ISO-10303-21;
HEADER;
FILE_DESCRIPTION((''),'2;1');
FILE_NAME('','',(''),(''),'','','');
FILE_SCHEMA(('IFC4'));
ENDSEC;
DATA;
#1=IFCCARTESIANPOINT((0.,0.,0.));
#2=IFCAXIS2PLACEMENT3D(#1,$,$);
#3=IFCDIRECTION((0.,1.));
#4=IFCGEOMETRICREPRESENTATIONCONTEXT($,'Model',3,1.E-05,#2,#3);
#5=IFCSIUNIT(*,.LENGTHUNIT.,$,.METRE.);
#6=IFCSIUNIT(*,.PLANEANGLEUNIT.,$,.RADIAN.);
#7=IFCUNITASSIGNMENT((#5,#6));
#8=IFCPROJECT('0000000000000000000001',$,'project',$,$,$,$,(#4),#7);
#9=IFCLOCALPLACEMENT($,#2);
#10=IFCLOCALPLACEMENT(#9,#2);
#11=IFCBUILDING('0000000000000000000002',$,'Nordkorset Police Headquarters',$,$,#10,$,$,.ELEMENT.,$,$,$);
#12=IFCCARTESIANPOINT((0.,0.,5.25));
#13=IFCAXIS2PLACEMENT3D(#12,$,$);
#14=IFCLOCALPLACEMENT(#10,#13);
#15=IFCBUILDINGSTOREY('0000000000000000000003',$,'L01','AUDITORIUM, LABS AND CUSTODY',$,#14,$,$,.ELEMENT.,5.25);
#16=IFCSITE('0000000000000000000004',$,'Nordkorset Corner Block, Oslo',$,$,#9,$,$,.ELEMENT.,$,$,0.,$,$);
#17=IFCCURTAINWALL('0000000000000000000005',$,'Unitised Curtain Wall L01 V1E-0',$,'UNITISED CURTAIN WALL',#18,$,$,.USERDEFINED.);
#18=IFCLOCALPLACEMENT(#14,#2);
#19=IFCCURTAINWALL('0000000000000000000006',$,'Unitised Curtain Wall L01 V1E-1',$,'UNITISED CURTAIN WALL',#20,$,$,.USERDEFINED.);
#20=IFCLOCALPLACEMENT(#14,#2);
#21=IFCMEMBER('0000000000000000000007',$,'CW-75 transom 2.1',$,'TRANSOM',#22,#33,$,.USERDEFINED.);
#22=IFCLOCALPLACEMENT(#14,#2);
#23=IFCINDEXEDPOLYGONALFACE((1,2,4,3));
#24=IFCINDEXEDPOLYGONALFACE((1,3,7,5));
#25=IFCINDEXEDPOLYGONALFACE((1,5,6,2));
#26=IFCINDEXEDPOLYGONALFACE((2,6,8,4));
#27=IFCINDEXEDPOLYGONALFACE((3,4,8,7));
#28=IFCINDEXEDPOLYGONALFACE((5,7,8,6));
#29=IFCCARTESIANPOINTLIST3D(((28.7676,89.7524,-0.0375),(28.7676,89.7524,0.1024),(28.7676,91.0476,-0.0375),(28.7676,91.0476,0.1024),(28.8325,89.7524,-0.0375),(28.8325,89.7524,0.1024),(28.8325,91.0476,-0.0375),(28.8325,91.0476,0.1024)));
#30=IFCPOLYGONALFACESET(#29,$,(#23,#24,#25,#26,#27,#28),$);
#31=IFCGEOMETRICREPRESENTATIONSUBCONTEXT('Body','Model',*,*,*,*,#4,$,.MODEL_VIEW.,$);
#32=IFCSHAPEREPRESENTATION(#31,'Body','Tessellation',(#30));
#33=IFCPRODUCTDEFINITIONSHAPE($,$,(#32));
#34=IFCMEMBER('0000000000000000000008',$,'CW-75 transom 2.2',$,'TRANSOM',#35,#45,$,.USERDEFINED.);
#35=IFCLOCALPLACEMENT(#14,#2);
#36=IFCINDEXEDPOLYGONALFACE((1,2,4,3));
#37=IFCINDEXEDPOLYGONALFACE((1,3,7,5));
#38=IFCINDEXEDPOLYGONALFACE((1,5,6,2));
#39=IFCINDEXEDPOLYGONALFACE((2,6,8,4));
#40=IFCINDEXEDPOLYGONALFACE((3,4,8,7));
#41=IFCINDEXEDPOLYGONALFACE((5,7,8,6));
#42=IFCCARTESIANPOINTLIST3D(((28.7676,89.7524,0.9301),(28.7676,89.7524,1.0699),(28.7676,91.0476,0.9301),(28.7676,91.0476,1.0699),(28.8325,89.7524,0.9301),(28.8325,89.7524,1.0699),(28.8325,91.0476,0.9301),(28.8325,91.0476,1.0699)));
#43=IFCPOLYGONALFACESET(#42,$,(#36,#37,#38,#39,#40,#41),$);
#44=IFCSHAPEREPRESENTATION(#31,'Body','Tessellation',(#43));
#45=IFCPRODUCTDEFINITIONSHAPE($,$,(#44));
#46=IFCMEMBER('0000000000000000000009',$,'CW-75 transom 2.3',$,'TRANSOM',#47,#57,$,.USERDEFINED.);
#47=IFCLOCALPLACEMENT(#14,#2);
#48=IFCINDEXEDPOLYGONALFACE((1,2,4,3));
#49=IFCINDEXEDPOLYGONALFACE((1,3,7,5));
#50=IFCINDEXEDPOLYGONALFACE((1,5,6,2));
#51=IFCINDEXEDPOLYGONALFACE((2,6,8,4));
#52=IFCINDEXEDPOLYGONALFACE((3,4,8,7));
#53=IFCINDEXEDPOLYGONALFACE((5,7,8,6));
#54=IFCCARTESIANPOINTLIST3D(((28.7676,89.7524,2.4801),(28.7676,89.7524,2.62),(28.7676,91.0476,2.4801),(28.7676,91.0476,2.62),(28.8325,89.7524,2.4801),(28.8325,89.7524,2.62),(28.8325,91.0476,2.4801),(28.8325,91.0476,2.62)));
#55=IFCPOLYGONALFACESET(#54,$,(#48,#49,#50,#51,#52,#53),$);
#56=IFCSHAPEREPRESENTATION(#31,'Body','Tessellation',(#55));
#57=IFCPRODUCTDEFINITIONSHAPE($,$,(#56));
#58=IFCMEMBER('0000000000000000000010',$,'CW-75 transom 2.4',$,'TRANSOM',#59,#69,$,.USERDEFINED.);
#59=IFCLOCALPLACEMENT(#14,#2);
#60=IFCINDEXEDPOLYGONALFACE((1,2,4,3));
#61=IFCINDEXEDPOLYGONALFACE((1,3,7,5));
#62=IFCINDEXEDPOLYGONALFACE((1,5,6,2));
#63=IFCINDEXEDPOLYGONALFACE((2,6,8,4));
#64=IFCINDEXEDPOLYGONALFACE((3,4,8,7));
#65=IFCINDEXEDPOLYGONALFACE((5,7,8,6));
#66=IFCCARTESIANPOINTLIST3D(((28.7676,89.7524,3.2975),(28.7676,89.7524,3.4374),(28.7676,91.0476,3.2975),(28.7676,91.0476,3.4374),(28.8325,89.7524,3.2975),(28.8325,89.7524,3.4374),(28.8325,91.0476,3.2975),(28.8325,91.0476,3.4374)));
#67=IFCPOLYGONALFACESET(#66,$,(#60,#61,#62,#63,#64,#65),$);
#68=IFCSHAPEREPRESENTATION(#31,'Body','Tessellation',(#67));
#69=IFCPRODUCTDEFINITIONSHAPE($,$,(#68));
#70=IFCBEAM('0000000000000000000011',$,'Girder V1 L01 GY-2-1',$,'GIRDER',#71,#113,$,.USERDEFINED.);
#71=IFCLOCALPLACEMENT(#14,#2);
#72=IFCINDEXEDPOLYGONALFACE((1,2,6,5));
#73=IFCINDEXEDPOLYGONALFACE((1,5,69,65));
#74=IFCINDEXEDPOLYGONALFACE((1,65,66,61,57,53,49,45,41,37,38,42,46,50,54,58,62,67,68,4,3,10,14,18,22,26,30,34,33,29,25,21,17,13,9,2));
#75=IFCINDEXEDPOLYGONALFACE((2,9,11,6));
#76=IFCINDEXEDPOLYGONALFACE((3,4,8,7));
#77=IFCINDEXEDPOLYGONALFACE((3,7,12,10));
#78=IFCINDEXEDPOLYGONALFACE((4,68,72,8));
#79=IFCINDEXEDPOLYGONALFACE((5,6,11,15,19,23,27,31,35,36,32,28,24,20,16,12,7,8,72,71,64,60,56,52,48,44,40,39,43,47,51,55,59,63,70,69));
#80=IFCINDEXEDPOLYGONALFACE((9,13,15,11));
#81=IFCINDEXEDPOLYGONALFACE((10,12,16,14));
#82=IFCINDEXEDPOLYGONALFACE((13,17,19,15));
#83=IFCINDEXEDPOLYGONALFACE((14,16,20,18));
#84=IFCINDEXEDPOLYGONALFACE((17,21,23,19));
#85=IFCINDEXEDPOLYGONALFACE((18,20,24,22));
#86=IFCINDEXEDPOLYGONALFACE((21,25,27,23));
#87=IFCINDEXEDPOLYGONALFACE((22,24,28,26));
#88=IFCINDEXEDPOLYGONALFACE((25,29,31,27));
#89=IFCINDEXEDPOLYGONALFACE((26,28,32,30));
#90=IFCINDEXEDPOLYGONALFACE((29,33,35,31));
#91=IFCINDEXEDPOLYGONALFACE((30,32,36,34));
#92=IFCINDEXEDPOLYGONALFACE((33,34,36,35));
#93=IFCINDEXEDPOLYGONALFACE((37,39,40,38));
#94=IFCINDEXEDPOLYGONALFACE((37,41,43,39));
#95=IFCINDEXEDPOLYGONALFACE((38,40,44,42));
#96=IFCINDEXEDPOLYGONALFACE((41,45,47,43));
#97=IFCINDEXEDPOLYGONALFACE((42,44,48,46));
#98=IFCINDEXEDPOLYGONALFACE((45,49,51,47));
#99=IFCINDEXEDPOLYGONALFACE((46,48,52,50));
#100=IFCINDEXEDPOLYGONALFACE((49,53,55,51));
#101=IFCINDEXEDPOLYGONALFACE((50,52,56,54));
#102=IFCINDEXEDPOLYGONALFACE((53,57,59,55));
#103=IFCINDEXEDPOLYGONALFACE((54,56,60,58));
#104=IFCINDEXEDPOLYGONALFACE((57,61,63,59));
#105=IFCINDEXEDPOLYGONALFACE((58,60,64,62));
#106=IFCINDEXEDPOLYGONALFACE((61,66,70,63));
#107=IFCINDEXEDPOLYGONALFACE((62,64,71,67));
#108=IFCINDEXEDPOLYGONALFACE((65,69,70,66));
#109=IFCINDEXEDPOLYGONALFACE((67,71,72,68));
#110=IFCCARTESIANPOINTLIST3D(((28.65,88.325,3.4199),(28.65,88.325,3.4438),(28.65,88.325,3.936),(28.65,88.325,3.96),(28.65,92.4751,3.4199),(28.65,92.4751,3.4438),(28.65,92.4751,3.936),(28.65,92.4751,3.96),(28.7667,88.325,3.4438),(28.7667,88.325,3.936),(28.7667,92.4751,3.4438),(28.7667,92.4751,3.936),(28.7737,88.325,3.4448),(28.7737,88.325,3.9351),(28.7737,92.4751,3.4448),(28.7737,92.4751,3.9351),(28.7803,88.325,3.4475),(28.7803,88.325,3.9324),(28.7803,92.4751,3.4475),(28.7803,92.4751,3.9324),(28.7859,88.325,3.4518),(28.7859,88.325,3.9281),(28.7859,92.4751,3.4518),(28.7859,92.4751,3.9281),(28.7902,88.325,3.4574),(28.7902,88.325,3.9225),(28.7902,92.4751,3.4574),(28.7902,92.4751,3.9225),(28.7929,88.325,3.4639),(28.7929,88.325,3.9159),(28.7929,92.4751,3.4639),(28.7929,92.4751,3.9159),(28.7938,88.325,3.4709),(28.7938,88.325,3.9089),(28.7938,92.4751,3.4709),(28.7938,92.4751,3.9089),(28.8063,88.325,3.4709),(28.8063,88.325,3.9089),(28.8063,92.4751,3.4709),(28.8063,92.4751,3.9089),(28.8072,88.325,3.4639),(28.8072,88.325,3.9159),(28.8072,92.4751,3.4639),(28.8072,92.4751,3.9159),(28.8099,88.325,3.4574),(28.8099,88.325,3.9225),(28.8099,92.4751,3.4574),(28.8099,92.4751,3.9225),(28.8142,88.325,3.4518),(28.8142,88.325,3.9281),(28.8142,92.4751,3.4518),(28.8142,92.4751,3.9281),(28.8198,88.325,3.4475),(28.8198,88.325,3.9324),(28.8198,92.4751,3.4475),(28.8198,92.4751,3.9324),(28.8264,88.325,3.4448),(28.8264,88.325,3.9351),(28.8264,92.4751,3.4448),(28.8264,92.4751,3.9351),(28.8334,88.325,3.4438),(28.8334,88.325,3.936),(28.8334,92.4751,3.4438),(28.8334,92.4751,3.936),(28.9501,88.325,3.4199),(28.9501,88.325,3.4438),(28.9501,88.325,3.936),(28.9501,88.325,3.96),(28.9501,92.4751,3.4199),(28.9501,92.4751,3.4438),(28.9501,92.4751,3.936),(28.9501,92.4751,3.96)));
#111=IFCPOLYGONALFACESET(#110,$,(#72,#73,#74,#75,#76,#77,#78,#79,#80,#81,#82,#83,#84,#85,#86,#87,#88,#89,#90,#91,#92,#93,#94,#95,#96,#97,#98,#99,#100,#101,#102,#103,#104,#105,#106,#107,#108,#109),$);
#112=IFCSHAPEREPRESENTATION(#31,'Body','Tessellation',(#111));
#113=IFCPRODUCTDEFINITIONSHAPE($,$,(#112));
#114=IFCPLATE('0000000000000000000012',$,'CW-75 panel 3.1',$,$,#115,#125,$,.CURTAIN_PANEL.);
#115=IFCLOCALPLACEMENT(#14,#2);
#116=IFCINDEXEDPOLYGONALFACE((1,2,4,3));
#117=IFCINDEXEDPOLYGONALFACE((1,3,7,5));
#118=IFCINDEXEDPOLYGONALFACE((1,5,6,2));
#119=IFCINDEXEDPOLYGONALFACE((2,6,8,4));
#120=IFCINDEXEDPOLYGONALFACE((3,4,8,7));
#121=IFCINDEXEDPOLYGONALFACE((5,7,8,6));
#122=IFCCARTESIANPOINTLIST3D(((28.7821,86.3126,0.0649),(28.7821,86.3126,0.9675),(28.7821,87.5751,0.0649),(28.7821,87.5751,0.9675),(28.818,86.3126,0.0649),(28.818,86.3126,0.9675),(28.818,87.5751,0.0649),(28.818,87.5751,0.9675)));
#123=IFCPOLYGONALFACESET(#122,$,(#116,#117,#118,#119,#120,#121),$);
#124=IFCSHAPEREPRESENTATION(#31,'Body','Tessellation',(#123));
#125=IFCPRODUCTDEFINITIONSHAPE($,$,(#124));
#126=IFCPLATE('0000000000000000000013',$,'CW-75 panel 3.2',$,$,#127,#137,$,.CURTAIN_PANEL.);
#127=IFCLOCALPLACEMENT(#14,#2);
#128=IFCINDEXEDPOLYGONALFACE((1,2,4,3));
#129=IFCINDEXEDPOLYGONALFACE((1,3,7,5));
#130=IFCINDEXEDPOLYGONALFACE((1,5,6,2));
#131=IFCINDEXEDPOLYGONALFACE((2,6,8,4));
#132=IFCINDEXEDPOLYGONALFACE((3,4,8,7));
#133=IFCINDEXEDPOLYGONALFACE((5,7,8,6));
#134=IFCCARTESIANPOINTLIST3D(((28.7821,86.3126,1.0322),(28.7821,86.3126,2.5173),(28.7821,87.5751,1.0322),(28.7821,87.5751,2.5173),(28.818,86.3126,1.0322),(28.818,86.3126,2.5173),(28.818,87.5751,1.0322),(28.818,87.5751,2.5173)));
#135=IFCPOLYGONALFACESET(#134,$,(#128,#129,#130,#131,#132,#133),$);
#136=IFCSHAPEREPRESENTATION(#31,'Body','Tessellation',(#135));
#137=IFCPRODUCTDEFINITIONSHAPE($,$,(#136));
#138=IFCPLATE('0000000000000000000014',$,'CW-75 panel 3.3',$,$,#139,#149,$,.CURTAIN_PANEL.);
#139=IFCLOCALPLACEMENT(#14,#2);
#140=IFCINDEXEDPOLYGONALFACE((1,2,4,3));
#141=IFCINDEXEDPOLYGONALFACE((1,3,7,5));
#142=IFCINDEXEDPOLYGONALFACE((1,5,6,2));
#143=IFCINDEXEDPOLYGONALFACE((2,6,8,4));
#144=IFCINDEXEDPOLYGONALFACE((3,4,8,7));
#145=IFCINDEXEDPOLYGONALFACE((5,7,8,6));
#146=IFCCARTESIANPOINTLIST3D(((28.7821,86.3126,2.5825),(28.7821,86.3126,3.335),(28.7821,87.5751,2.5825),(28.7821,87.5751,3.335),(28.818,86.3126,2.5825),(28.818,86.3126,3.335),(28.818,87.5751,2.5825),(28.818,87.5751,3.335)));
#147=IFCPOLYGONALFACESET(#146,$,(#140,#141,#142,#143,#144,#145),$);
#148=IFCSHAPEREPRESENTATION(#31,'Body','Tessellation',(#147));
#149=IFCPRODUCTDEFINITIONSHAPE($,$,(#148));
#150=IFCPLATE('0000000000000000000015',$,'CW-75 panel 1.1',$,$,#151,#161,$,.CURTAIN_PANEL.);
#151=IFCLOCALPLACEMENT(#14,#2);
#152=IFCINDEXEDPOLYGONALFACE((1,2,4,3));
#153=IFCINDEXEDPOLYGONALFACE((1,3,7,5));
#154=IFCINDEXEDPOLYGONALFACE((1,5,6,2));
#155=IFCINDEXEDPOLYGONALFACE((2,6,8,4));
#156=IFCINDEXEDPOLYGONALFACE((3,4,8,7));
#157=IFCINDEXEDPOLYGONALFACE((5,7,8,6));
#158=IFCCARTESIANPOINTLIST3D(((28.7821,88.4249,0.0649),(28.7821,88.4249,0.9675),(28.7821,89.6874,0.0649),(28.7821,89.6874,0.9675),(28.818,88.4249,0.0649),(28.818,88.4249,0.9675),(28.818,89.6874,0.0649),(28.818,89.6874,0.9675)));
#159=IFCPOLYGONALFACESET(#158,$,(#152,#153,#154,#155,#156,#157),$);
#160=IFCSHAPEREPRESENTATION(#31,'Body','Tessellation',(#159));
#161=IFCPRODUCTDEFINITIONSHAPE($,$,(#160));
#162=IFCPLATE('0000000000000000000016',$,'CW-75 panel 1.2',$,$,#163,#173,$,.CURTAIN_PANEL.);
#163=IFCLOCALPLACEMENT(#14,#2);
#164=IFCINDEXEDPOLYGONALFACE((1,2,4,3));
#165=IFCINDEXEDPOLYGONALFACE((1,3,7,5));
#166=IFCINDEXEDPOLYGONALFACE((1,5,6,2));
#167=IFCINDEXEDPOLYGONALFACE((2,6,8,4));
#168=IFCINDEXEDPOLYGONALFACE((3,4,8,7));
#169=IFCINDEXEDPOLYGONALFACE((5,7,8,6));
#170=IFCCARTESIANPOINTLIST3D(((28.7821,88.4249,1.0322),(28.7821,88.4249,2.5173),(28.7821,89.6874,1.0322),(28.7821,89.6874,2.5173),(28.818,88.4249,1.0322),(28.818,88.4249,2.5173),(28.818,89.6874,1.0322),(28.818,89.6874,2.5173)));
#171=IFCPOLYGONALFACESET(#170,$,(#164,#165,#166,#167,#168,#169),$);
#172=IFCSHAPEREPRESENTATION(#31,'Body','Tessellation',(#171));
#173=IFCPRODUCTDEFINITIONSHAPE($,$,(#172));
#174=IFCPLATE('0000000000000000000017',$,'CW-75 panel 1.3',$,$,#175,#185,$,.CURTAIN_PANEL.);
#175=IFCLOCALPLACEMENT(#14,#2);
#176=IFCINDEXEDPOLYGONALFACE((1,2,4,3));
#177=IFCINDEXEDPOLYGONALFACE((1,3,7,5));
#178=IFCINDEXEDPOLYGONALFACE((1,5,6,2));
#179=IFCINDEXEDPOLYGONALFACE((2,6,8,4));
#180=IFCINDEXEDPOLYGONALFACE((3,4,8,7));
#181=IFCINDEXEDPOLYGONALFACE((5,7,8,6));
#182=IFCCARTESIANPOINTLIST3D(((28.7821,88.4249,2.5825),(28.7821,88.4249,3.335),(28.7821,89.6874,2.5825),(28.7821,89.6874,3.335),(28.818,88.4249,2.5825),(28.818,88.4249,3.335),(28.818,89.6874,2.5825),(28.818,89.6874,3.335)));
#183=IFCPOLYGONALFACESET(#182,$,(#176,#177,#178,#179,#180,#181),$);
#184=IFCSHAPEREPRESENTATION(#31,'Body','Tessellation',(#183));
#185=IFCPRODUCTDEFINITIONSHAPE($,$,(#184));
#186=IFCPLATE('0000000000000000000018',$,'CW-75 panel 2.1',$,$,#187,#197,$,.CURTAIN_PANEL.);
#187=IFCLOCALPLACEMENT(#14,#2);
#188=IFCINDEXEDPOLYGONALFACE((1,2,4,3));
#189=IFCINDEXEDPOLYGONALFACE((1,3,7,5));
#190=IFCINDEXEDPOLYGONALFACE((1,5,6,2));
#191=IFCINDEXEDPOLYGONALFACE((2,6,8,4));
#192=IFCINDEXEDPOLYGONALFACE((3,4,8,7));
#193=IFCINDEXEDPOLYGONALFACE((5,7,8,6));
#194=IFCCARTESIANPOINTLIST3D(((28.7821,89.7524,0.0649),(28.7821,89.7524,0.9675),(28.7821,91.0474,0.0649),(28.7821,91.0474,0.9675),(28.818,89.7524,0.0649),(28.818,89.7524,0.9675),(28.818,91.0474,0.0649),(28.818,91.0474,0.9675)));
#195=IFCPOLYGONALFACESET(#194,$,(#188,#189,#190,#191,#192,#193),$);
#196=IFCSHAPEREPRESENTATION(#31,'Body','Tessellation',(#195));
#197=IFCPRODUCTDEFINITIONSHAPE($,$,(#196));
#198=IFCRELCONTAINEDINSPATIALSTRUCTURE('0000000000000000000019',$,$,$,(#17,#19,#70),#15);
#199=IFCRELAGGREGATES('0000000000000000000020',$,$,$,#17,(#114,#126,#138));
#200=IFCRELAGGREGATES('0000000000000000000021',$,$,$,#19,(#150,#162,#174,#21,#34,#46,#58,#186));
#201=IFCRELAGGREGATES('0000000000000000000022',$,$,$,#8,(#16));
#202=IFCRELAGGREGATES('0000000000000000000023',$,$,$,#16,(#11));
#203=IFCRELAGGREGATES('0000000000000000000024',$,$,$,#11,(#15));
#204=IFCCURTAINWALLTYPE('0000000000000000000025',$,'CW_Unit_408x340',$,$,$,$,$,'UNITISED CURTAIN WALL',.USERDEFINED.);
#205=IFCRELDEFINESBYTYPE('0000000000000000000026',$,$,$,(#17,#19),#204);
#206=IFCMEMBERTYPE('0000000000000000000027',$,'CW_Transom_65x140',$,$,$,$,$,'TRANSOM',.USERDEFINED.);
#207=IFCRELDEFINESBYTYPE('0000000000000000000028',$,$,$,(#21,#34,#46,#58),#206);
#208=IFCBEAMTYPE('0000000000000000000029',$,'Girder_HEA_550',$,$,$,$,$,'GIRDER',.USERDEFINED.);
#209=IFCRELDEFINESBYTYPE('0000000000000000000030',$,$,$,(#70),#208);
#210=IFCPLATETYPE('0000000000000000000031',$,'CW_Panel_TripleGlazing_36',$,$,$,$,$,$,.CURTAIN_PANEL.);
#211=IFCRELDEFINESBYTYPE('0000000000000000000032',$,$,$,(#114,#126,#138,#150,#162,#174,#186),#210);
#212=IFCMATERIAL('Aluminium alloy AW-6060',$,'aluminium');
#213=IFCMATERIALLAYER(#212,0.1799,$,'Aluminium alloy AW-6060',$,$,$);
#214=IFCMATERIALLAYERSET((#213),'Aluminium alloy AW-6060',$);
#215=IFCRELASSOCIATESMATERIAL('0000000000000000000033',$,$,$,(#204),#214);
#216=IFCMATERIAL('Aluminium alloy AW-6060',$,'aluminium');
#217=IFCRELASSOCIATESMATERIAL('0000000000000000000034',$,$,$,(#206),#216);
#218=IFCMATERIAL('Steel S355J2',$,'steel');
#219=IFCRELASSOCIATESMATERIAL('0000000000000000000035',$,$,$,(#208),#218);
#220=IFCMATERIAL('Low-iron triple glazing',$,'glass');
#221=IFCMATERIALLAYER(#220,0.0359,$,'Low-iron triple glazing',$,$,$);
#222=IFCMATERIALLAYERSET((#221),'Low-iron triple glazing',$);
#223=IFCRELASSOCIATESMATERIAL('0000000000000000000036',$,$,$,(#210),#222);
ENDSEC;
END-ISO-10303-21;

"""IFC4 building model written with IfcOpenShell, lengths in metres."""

from ifc_helpers import new_model, si_unit, direction, frame, origin, origin_2d, place, context, subcontext, project, spatial, rectangle, i_section, extrude, material, layer, layer_set, material_profile, profile_set, type_object, element, aggregate, save


model = new_model("IFC4")

# Units and contexts
model_context = context("Model", 3, precision=1e-05, world=origin(), true_north=direction((0.0, 1.0)))
body_context = subcontext(model_context, "Body", "Model", "MODEL_VIEW")
ifc_project = project(units=[si_unit("LENGTHUNIT", "METRE"), si_unit("PLANEANGLEUNIT", "RADIAN")], contexts=[model_context])

# Site, building, storey
site_placement = place(None, origin())
site = spatial("IfcSite", under=ifc_project, at=site_placement, Name="Nordkorset Corner Block, Oslo", CompositionType="ELEMENT", RefElevation=0.0)
building_placement = place(site_placement, origin())
building = spatial("IfcBuilding", under=site, at=building_placement, Name="Nordkorset Police Headquarters", CompositionType="ELEMENT")
storey_placement = place(building_placement, frame((0.0, 0.0, 5.25)))
storey = spatial("IfcBuildingStorey", under=building, at=storey_placement, Name="L01", Description="AUDITORIUM, LABS AND CUSTODY", CompositionType="ELEMENT", Elevation=5.25)

# Curtain wall
ifc_material_1 = material(Name="Aluminium alloy AW-6060", Category="aluminium")
ifc_layer_1 = layer(ifc_material_1, 0.1799, Name="Aluminium alloy AW-6060")
ifc_layer_set_1 = layer_set([ifc_layer_1], Name="Aluminium alloy AW-6060")
curtain_wall_type = type_object("IfcCurtainWallType", Name="CW_Unit_408x340", ElementType="UNITISED CURTAIN WALL", PredefinedType="USERDEFINED", material=ifc_layer_set_1)
curtain_wall_1_placement = place(storey_placement, origin())
curtain_wall_1 = element("IfcCurtainWall", 1, at=curtain_wall_1_placement, inside=storey, type_object=curtain_wall_type, Name="Unitised Curtain Wall L01 V1E-0", ObjectType="UNITISED CURTAIN WALL", PredefinedType="USERDEFINED")

# Curtain wall
curtain_wall_2_placement = place(storey_placement, origin())
curtain_wall_2 = element("IfcCurtainWall", 2, at=curtain_wall_2_placement, inside=storey, type_object=curtain_wall_type, Name="Unitised Curtain Wall L01 V1E-1", ObjectType="UNITISED CURTAIN WALL", PredefinedType="USERDEFINED")

# Members
ifc_material_2 = material(Name="Aluminium alloy AW-6060", Category="aluminium")
ifc_material_profile_1 = material_profile(ifc_material_2, rectangle(XDim=0.0649, YDim=0.1399, at=origin_2d()), Name="ALU TRAN 65x140")
ifc_profile_set_1 = profile_set([ifc_material_profile_1], Name="Aluminium alloy AW-6060")
member_type_1 = type_object("IfcMemberType", Name="CW_Transom_65x140", ElementType="TRANSOM", PredefinedType="USERDEFINED", material=ifc_profile_set_1)
member_1_placement = place(storey_placement, frame((28.8, 89.7524, 0.0325), z_axis=(0.0, 1.0, 0.0), x_axis=(-1.0, 0.0, 0.0)))
member_1 = element("IfcMember", 3, at=member_1_placement, type_object=member_type_1, Name="CW-75 transom 2.1", ObjectType="TRANSOM", PredefinedType="USERDEFINED", context=body_context, shape_type="SweptSolid", body=[
    extrude(rectangle(XDim=0.0649, YDim=0.1399, at=origin_2d()), origin(), (0.0, 0.0, 1.0), 1.2952),
])
member_2_placement = place(storey_placement, frame((28.8, 89.7524, 1.0), z_axis=(0.0, 1.0, 0.0), x_axis=(-1.0, 0.0, 0.0)))
member_2 = element("IfcMember", 4, at=member_2_placement, type_object=member_type_1, Name="CW-75 transom 2.2", ObjectType="TRANSOM", PredefinedType="USERDEFINED", context=body_context, shape_type="SweptSolid", body=[
    extrude(rectangle(XDim=0.0649, YDim=0.1399, at=origin_2d()), origin(), (0.0, 0.0, 1.0), 1.2952),
])
member_3_placement = place(storey_placement, frame((28.8, 89.7524, 2.55), z_axis=(0.0, 1.0, 0.0), x_axis=(-1.0, 0.0, 0.0)))
member_3 = element("IfcMember", 5, at=member_3_placement, type_object=member_type_1, Name="CW-75 transom 2.3", ObjectType="TRANSOM", PredefinedType="USERDEFINED", context=body_context, shape_type="SweptSolid", body=[
    extrude(rectangle(XDim=0.0649, YDim=0.1399, at=origin_2d()), origin(), (0.0, 0.0, 1.0), 1.2952),
])
member_4_placement = place(storey_placement, frame((28.8, 89.7524, 3.3674), z_axis=(0.0, 1.0, 0.0), x_axis=(-1.0, 0.0, 0.0)))
member_4 = element("IfcMember", 6, at=member_4_placement, type_object=member_type_1, Name="CW-75 transom 2.4", ObjectType="TRANSOM", PredefinedType="USERDEFINED", context=body_context, shape_type="SweptSolid", body=[
    extrude(rectangle(XDim=0.0649, YDim=0.1399, at=origin_2d()), origin(), (0.0, 0.0, 1.0), 1.2952),
])

# Beam
ifc_material_3 = material(Name="Steel S355J2", Category="steel")
ifc_material_profile_2 = material_profile(ifc_material_3, i_section(OverallWidth=0.3, OverallDepth=0.54, WebThickness=0.0125, FlangeThickness=0.0239, FilletRadius=0.0271, at=origin_2d()), Name="HEA 550")
ifc_profile_set_2 = profile_set([ifc_material_profile_2], Name="Steel S355J2")
beam_type = type_object("IfcBeamType", Name="Girder_HEA_550", ElementType="GIRDER", PredefinedType="USERDEFINED", material=ifc_profile_set_2)
beam_placement = place(storey_placement, frame((28.8, 88.325, 3.6899), z_axis=(0.0, 1.0, 0.0), x_axis=(-1.0, 0.0, 0.0)))
element("IfcBeam", 7, at=beam_placement, inside=storey, type_object=beam_type, Name="Girder V1 L01 GY-2-1", ObjectType="GIRDER", PredefinedType="USERDEFINED", context=body_context, shape_type="SweptSolid", body=[
    extrude(i_section(OverallWidth=0.3, OverallDepth=0.54, WebThickness=0.0125, FlangeThickness=0.0239, FilletRadius=0.0271, at=origin_2d()), origin(), (0.0, 0.0, 1.0), 4.1501),
])

# Plates
ifc_material_4 = material(Name="Low-iron triple glazing", Category="glass")
ifc_layer_2 = layer(ifc_material_4, 0.0359, Name="Low-iron triple glazing")
ifc_layer_set_2 = layer_set([ifc_layer_2], Name="Low-iron triple glazing")
plate_type = type_object("IfcPlateType", Name="CW_Panel_TripleGlazing_36", PredefinedType="CURTAIN_PANEL", material=ifc_layer_set_2)
plate_1_placement = place(storey_placement, frame((28.8, 86.9438, 0.0649), z_axis=(0.0, 0.0, 1.0), x_axis=(0.0, 1.0, 0.0)))
plate_1 = element("IfcPlate", 8, at=plate_1_placement, type_object=plate_type, Name="CW-75 panel 3.1", PredefinedType="CURTAIN_PANEL", context=body_context, shape_type="SweptSolid", body=[
    extrude(rectangle(XDim=1.2625, YDim=0.0359, at=origin_2d()), origin(), (0.0, 0.0, 1.0), 0.9026),
])
plate_2_placement = place(storey_placement, frame((28.8, 86.9438, 1.0322), z_axis=(0.0, 0.0, 1.0), x_axis=(0.0, 1.0, 0.0)))
plate_2 = element("IfcPlate", 9, at=plate_2_placement, type_object=plate_type, Name="CW-75 panel 3.2", PredefinedType="CURTAIN_PANEL", context=body_context, shape_type="SweptSolid", body=[
    extrude(rectangle(XDim=1.2625, YDim=0.0359, at=origin_2d()), origin(), (0.0, 0.0, 1.0), 1.4851),
])
plate_3_placement = place(storey_placement, frame((28.8, 86.9438, 2.5825), z_axis=(0.0, 0.0, 1.0), x_axis=(0.0, 1.0, 0.0)))
plate_3 = element("IfcPlate", 10, at=plate_3_placement, type_object=plate_type, Name="CW-75 panel 3.3", PredefinedType="CURTAIN_PANEL", context=body_context, shape_type="SweptSolid", body=[
    extrude(rectangle(XDim=1.2625, YDim=0.0359, at=origin_2d()), origin(), (0.0, 0.0, 1.0), 0.7524),
])
aggregate(curtain_wall_1, [plate_1, plate_2, plate_3])
plate_4_placement = place(storey_placement, frame((28.8, 89.0562, 0.0649), z_axis=(0.0, 0.0, 1.0), x_axis=(0.0, 1.0, 0.0)))
plate_4 = element("IfcPlate", 11, at=plate_4_placement, type_object=plate_type, Name="CW-75 panel 1.1", PredefinedType="CURTAIN_PANEL", context=body_context, shape_type="SweptSolid", body=[
    extrude(rectangle(XDim=1.2625, YDim=0.0359, at=origin_2d()), origin(), (0.0, 0.0, 1.0), 0.9026),
])
plate_5_placement = place(storey_placement, frame((28.8, 89.0562, 1.0322), z_axis=(0.0, 0.0, 1.0), x_axis=(0.0, 1.0, 0.0)))
plate_5 = element("IfcPlate", 12, at=plate_5_placement, type_object=plate_type, Name="CW-75 panel 1.2", PredefinedType="CURTAIN_PANEL", context=body_context, shape_type="SweptSolid", body=[
    extrude(rectangle(XDim=1.2625, YDim=0.0359, at=origin_2d()), origin(), (0.0, 0.0, 1.0), 1.4851),
])
plate_6_placement = place(storey_placement, frame((28.8, 89.0562, 2.5825), z_axis=(0.0, 0.0, 1.0), x_axis=(0.0, 1.0, 0.0)))
plate_6 = element("IfcPlate", 13, at=plate_6_placement, type_object=plate_type, Name="CW-75 panel 1.3", PredefinedType="CURTAIN_PANEL", context=body_context, shape_type="SweptSolid", body=[
    extrude(rectangle(XDim=1.2625, YDim=0.0359, at=origin_2d()), origin(), (0.0, 0.0, 1.0), 0.7524),
])
plate_7_placement = place(storey_placement, frame((28.8, 90.3999, 0.0649), z_axis=(0.0, 0.0, 1.0), x_axis=(0.0, 1.0, 0.0)))
plate_7 = element("IfcPlate", 14, at=plate_7_placement, type_object=plate_type, Name="CW-75 panel 2.1", PredefinedType="CURTAIN_PANEL", context=body_context, shape_type="SweptSolid", body=[
    extrude(rectangle(XDim=1.2949, YDim=0.0359, at=origin_2d()), origin(), (0.0, 0.0, 1.0), 0.9026),
])
aggregate(curtain_wall_2, [plate_4, plate_5, plate_6, member_1, member_2, member_3, member_4, plate_7])

save(model, "model.ifc")
